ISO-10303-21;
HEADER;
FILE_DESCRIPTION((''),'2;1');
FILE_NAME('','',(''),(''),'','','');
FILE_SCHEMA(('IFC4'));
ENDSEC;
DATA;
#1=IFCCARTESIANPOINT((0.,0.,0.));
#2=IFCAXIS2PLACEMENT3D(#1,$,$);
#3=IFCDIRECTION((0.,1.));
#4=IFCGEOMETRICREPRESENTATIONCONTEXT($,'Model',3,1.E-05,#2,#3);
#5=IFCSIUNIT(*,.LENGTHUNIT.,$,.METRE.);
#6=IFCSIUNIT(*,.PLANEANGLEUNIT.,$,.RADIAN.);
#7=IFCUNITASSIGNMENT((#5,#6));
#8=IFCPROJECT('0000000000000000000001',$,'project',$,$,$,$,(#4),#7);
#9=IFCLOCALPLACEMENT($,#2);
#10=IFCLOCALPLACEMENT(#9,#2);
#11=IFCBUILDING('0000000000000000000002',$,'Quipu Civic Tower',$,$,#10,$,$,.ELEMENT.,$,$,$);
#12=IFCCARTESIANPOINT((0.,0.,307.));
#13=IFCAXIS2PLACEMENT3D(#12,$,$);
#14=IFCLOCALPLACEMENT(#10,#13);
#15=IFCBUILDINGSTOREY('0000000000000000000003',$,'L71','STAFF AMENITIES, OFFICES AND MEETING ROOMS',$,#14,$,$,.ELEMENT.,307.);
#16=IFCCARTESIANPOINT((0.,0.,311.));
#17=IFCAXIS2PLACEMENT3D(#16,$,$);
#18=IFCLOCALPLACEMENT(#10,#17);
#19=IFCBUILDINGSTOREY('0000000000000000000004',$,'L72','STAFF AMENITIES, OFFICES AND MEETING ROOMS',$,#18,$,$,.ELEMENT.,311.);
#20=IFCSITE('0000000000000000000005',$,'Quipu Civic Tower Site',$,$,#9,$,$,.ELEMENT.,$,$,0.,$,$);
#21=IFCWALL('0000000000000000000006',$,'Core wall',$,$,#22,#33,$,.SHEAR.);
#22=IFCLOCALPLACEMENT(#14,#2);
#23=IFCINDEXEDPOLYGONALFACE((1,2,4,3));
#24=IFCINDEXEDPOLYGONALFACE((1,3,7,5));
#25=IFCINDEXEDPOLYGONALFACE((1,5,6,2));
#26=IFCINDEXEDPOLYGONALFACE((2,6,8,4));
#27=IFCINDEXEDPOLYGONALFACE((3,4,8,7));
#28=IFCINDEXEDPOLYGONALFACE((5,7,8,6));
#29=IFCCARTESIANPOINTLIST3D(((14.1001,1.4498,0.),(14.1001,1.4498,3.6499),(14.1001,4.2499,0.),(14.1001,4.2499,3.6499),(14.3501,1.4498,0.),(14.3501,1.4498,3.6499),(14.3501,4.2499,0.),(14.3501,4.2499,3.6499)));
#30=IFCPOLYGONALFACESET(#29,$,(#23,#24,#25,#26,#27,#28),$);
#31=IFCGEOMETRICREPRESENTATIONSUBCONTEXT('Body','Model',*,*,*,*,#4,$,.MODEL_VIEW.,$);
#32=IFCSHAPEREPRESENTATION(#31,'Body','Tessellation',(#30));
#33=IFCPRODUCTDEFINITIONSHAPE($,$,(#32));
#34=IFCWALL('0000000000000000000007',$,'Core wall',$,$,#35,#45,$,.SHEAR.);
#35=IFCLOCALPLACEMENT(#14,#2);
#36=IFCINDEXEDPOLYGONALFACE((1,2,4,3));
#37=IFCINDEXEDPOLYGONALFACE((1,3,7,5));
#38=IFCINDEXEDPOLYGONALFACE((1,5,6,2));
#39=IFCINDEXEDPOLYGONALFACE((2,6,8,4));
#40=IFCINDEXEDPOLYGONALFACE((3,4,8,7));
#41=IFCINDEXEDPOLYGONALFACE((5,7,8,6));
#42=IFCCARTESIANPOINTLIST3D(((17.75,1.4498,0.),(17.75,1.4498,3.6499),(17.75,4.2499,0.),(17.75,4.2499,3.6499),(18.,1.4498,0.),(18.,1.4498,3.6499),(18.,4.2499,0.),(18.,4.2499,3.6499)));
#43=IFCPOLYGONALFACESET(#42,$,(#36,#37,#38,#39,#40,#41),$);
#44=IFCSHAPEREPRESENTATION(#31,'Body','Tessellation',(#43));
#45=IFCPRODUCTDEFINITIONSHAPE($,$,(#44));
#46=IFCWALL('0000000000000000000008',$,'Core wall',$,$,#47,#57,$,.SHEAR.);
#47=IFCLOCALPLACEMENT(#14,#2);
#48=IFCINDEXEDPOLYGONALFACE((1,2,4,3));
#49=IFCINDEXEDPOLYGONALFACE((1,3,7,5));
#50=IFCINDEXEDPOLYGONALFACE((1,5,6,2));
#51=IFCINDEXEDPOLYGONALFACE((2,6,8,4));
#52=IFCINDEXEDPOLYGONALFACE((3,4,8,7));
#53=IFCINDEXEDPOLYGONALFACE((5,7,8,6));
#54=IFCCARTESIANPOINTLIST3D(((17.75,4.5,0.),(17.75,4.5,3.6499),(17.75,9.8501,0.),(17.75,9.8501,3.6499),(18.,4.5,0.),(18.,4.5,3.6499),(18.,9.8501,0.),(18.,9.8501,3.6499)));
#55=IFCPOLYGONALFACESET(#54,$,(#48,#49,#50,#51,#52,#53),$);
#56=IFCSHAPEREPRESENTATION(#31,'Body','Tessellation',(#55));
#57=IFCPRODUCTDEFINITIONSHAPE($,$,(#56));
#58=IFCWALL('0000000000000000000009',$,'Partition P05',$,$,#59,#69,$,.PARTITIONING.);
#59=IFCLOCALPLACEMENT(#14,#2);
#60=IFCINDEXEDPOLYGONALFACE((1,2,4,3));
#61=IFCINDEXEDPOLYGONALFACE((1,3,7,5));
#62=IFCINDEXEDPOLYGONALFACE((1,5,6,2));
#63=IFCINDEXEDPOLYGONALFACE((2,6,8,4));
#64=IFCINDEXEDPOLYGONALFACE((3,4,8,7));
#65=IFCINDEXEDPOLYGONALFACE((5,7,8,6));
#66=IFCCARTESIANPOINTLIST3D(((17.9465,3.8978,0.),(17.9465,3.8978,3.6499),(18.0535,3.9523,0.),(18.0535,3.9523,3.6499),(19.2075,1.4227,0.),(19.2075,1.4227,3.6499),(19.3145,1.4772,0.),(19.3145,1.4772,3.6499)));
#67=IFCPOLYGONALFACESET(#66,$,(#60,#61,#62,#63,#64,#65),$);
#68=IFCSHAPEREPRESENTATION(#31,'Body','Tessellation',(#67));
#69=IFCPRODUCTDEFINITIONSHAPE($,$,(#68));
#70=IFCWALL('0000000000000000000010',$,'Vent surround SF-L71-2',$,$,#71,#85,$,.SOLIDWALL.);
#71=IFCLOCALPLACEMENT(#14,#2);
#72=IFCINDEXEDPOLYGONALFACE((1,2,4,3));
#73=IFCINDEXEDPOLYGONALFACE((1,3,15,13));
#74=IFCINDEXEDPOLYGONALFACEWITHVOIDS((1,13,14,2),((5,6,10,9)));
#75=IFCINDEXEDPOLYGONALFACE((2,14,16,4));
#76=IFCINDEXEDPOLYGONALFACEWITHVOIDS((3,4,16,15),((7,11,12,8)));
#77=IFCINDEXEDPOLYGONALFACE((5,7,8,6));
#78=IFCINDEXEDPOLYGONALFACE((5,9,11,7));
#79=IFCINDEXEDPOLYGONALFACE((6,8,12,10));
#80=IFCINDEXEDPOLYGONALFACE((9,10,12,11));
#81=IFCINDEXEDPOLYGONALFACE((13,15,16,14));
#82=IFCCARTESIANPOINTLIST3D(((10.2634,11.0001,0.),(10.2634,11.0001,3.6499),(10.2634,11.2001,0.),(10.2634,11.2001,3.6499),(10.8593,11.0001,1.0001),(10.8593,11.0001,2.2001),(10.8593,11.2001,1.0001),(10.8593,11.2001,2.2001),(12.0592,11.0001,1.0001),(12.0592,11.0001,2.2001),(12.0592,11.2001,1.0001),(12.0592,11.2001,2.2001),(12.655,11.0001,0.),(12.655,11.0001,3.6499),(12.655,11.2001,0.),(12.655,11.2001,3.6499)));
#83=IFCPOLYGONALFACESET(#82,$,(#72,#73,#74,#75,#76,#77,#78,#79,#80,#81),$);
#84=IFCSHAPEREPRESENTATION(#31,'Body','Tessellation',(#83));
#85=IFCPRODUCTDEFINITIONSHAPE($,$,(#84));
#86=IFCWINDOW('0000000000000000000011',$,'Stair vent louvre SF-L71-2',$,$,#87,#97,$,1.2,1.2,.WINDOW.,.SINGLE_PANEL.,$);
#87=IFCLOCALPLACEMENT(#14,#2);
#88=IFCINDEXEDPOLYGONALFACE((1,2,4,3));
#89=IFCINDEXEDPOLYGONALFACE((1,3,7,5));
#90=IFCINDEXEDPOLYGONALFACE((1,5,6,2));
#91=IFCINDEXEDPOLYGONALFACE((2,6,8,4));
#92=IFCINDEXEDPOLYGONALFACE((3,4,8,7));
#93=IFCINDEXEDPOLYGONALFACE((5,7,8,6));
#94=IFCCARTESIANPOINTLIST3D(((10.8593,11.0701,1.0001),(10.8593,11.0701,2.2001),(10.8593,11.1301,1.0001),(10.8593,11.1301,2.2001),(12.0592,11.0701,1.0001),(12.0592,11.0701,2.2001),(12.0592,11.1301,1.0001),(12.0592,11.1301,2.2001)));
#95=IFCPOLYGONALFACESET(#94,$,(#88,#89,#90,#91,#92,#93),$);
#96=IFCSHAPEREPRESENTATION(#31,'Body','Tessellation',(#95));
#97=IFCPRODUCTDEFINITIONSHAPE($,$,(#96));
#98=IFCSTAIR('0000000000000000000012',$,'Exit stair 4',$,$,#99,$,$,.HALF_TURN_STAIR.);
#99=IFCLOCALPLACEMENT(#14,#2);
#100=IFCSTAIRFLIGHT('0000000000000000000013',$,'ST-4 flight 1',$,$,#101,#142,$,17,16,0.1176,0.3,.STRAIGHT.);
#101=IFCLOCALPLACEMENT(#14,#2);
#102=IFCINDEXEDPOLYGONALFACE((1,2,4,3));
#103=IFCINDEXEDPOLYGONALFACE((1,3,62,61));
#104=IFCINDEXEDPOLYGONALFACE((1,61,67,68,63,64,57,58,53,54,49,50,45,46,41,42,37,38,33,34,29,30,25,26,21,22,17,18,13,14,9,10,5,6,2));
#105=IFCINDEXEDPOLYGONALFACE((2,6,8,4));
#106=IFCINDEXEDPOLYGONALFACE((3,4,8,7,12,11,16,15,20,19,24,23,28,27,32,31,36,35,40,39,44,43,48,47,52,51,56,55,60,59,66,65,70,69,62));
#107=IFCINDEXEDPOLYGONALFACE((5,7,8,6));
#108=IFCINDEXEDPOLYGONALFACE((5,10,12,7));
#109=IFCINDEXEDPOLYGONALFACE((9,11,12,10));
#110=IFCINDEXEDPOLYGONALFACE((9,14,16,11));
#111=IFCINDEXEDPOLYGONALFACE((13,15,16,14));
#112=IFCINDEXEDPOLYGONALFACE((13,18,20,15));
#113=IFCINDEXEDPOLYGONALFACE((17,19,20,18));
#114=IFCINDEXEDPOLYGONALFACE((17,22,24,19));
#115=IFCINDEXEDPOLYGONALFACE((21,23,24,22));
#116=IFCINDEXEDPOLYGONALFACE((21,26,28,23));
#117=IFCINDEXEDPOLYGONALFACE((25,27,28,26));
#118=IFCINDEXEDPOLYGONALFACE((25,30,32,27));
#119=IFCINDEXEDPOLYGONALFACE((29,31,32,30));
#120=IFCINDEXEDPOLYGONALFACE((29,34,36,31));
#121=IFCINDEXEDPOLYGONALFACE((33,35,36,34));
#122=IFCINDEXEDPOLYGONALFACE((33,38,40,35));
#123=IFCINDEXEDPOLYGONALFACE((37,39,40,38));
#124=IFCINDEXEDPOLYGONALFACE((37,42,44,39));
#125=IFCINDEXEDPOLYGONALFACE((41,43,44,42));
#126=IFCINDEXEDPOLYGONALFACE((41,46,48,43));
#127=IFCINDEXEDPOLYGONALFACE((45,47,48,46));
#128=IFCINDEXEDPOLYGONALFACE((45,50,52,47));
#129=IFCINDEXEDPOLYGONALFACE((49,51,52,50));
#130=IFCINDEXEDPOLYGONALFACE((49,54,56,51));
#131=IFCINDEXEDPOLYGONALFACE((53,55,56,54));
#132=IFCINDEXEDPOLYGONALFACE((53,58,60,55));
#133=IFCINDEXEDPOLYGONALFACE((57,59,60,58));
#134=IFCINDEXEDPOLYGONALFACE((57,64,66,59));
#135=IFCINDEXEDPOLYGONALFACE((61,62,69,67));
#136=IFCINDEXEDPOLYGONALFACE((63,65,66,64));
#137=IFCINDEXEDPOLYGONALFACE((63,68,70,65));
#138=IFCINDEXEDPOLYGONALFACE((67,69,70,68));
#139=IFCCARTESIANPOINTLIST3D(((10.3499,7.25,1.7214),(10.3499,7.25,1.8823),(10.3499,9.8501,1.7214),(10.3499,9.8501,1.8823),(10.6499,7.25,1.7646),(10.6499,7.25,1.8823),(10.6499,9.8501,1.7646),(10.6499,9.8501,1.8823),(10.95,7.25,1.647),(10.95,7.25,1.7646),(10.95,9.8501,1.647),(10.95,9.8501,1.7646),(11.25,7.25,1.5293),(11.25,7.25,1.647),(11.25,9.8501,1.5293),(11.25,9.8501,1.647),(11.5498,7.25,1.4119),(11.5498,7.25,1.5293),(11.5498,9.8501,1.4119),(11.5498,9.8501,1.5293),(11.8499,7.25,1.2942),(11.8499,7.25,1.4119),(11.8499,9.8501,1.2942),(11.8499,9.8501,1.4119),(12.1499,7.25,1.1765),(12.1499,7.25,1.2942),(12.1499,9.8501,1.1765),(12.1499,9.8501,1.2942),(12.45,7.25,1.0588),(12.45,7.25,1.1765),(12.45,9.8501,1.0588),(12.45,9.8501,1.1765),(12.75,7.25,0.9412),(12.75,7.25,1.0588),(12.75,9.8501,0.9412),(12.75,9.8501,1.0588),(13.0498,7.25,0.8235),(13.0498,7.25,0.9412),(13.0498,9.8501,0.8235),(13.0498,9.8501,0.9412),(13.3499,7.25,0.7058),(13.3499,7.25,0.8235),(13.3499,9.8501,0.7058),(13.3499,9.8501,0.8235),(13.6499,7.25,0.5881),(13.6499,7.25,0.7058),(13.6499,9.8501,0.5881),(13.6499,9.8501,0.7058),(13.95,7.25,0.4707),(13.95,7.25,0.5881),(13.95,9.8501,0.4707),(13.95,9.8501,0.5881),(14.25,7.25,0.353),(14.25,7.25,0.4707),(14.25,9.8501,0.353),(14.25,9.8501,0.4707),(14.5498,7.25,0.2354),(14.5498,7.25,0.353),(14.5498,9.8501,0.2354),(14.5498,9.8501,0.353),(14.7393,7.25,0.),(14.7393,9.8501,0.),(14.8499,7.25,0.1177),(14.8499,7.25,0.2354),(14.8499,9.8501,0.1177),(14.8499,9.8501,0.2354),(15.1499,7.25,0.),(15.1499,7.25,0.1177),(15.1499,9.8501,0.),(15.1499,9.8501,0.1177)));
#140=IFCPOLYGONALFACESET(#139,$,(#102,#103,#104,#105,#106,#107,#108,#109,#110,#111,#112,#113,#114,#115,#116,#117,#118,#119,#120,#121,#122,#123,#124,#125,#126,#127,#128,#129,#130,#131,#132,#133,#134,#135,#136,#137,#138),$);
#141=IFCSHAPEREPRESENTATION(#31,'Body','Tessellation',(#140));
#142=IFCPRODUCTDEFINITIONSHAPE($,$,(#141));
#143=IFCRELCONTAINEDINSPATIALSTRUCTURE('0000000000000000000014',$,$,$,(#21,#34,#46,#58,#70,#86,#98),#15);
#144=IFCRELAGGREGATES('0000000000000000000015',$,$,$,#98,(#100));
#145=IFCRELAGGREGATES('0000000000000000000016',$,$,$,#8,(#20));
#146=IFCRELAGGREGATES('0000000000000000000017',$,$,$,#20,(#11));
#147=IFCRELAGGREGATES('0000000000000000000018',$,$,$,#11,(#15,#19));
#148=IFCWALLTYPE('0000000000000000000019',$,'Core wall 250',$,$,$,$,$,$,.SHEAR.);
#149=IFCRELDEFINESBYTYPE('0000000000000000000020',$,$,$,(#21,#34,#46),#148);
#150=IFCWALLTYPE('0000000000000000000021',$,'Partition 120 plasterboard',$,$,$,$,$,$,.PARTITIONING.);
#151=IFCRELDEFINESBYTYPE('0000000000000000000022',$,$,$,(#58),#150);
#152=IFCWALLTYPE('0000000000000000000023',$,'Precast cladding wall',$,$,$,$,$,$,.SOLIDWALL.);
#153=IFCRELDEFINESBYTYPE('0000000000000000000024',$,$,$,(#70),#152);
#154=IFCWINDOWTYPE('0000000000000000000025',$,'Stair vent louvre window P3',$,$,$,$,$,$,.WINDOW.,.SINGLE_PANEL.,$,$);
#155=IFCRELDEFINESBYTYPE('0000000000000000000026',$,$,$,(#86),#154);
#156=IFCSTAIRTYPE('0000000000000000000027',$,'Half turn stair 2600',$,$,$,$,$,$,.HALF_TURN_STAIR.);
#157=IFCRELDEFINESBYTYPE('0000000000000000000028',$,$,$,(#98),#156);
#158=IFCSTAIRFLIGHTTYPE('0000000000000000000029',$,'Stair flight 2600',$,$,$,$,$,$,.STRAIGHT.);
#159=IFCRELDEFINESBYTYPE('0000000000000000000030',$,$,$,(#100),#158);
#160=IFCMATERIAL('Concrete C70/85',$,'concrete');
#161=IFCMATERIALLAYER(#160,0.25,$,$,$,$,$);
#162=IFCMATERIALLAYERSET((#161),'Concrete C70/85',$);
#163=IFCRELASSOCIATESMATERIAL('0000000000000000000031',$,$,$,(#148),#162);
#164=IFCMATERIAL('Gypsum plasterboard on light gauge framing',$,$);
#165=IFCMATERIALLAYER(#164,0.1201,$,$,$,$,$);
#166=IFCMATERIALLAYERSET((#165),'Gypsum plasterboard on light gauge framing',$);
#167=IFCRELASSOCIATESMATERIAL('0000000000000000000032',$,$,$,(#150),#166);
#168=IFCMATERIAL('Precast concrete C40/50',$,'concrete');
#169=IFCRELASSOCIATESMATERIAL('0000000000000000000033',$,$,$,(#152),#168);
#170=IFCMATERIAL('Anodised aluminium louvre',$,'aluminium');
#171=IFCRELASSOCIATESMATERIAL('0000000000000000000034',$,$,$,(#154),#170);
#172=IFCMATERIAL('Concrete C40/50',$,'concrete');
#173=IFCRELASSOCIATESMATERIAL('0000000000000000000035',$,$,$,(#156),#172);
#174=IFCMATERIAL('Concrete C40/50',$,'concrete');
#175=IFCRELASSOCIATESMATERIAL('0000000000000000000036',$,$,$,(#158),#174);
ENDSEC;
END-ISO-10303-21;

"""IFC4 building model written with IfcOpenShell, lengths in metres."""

from ifc_helpers import new_model, si_unit, direction, frame, frame_2d, origin, place, context, subcontext, project, spatial, polyline, rectangle, outline, extrude, material, layer, layer_set, type_object, element, fill, aggregate, save


model = new_model("IFC4")

# Units and contexts
model_context = context("Model", 3, precision=1e-05, world=origin(), true_north=direction((0.0, 1.0)))
body_context = subcontext(model_context, "Body", "Model", "MODEL_VIEW")
ifc_project = project(units=[si_unit("LENGTHUNIT", "METRE"), si_unit("PLANEANGLEUNIT", "RADIAN")], contexts=[model_context])

# Site, building, storey
site_placement = place(None, origin())
site = spatial("IfcSite", under=ifc_project, at=site_placement, Name="Quipu Civic Tower Site", CompositionType="ELEMENT", RefElevation=0.0)
building_placement = place(site_placement, origin())
building = spatial("IfcBuilding", under=site, at=building_placement, Name="Quipu Civic Tower", CompositionType="ELEMENT")
storey_1_placement = place(building_placement, frame((0.0, 0.0, 307.0)))
storey_1 = spatial("IfcBuildingStorey", under=building, at=storey_1_placement, Name="L71", Description="STAFF AMENITIES, OFFICES AND MEETING ROOMS", CompositionType="ELEMENT", Elevation=307.0)

# Shared definitions
storey_2_placement = place(building_placement, frame((0.0, 0.0, 311.0)))
storey_2 = spatial("IfcBuildingStorey", under=building, at=storey_2_placement, Name="L72", Description="STAFF AMENITIES, OFFICES AND MEETING ROOMS", CompositionType="ELEMENT", Elevation=311.0)

# Shared definitions
ifc_material_1 = material(Name="Concrete C70/85", Category="concrete")
ifc_layer_1 = layer(ifc_material_1, 0.25)
ifc_layer_set_1 = layer_set([ifc_layer_1], Name="Concrete C70/85")
wall_type_1 = type_object("IfcWallType", Name="Core wall 250", PredefinedType="SHEAR", material=ifc_layer_set_1)

# Walls
for number, where, z_axis, x_axis, name in (
    (1, (14.2251, 1.45, 0.0), (0.0, 0.0, 1.0), (0.0, 1.0, 0.0), "Core wall"),
    (2, (17.875, 1.45, 0.0), (0.0, 0.0, 1.0), (0.0, 1.0, 0.0), "Core wall"),
):
    element("IfcWall", number, at=place(storey_1_placement, frame(where, z_axis=z_axis, x_axis=x_axis)), inside=storey_1, type_object=wall_type_1, Name=name, PredefinedType="SHEAR", context=body_context, shape_type="SweptSolid", body=[
        extrude(rectangle(XDim=2.8, YDim=0.25, at=frame_2d((1.3999, 0.0))), origin(), (0.0, 0.0, 1.0), 3.6499),
    ])
wall_1_placement = place(storey_1_placement, frame((17.875, 4.5, 0.0), z_axis=(0.0, 0.0, 1.0), x_axis=(0.0, 1.0, 0.0)))
element("IfcWall", 3, at=wall_1_placement, inside=storey_1, type_object=wall_type_1, Name="Core wall", PredefinedType="SHEAR", context=body_context, shape_type="SweptSolid", body=[
    extrude(rectangle(XDim=5.3501, YDim=0.25, at=frame_2d((2.675, 0.0))), origin(), (0.0, 0.0, 1.0), 3.6499),
])
ifc_material_2 = material(Name="Gypsum plasterboard on light gauge framing")
ifc_layer_2 = layer(ifc_material_2, 0.1201)
ifc_layer_set_2 = layer_set([ifc_layer_2], Name="Gypsum plasterboard on light gauge framing")
wall_type_2 = type_object("IfcWallType", Name="Partition 120 plasterboard", PredefinedType="PARTITIONING", material=ifc_layer_set_2)
wall_2_placement = place(storey_1_placement, frame((18.0, 3.925, 0.0), z_axis=(0.0, 0.0, 1.0), x_axis=(0.453951, -0.891027, 0.0)))
element("IfcWall", 4, at=wall_2_placement, inside=storey_1, type_object=wall_type_2, Name="Partition P05", PredefinedType="PARTITIONING", context=body_context, shape_type="SweptSolid", body=[
    extrude(rectangle(XDim=2.7778, YDim=0.1201, at=frame_2d((1.3889, 0.0))), origin(), (0.0, 0.0, 1.0), 3.6499),
])

# Wall, opening, window
ifc_material_3 = material(Name="Precast concrete C40/50", Category="concrete")
wall_type_3 = type_object("IfcWallType", Name="Precast cladding wall", PredefinedType="SOLIDWALL", material=ifc_material_3)
wall_3_placement = place(storey_1_placement, frame((12.655, 11.1001, 0.0), z_axis=(0.0, 0.0, 1.0), x_axis=(-1.0, 0.0, 0.0)))
wall_3 = element("IfcWall", 5, at=wall_3_placement, inside=storey_1, type_object=wall_type_3, Name="Vent surround SF-L71-2", PredefinedType="SOLIDWALL", context=body_context, shape_type="SweptSolid", body=[
    extrude(rectangle(XDim=2.3916, YDim=0.2, at=frame_2d((1.1958, 0.0))), origin(), (0.0, 0.0, 1.0), 3.6499),
])
opening_1_placement = place(wall_3_placement, frame((0.5957, 0.0, 1.0)))
opening_1 = element("IfcOpeningElement", 6, at=opening_1_placement, cuts=wall_3, PredefinedType="OPENING", context=body_context, shape_type="SweptSolid", body=[
    extrude(rectangle(XDim=1.2, YDim=1.2, at=frame_2d((0.6001, 0.6001))), frame((0.0, 0.1099, 0.0), z_axis=(0.0, -1.0, 0.0), x_axis=(1.0, 0.0, 0.0)), (0.0, 0.0, 1.0), 0.22),
])
ifc_material_4 = material(Name="Anodised aluminium louvre", Category="aluminium")
window_type = type_object("IfcWindowType", Name="Stair vent louvre window P3", PartitioningType="SINGLE_PANEL", PredefinedType="WINDOW", material=ifc_material_4)
window_placement = place(opening_1_placement, origin())
window = element("IfcWindow", 7, at=window_placement, inside=storey_1, type_object=window_type, Name="Stair vent louvre SF-L71-2", OverallHeight=1.2, OverallWidth=1.2, PartitioningType="SINGLE_PANEL", PredefinedType="WINDOW", context=body_context, shape_type="SweptSolid", body=[
    extrude(rectangle(XDim=1.2, YDim=1.2, at=frame_2d((0.6001, 0.6001))), frame((0.0, 0.03, 0.0), z_axis=(0.0, -1.0, 0.0), x_axis=(1.0, 0.0, 0.0)), (0.0, 0.0, 1.0), 0.0601),
])
fill(opening_1, window)

# Stair, stair flight
ifc_material_5 = material(Name="Concrete C40/50", Category="concrete")
stair_type = type_object("IfcStairType", Name="Half turn stair 2600", PredefinedType="HALF_TURN_STAIR", material=ifc_material_5)
stair_placement = place(storey_1_placement, origin())
stair = element("IfcStair", 8, at=stair_placement, inside=storey_1, type_object=stair_type, Name="Exit stair 4", PredefinedType="HALF_TURN_STAIR")
ifc_material_6 = material(Name="Concrete C40/50", Category="concrete")
stair_flight_type = type_object("IfcStairFlightType", Name="Stair flight 2600", PredefinedType="STRAIGHT", material=ifc_material_6)
stair_flight_placement = place(storey_1_placement, frame((15.1499, 8.55, 0.0), z_axis=(0.0, 0.0, 1.0), x_axis=(-1.0, 0.0, 0.0)))
stair_flight = element("IfcStairFlight", 9, at=stair_flight_placement, type_object=stair_flight_type, Name="ST-4 flight 1", NumberOfRisers=17, NumberOfTreads=16, PredefinedType="STRAIGHT", RiserHeight=0.1176, TreadLength=0.3, context=body_context, shape_type="SweptSolid", body=[
    extrude(outline(polyline([(0.0, 0.0), (0.0, 0.1177), (0.3, 0.1177), (0.3, 0.2354), (0.6001, 0.2354), (0.6001, 0.353), (0.8999, 0.353), (0.8999, 0.4707), (1.2, 0.4707), (1.2, 0.5881), (1.5, 0.5881), (1.5, 0.7058), (1.8, 0.7058), (1.8, 0.8235), (2.1001, 0.8235), (2.1001, 0.9412), (2.3999, 0.9412), (2.3999, 1.0588), (2.7, 1.0588), (2.7, 1.1765), (3.0, 1.1765), (3.0, 1.2942), (3.3, 1.2942), (3.3, 1.4119), (3.6001, 1.4119), (3.6001, 1.5293), (3.8999, 1.5293), (3.8999, 1.647), (4.2, 1.647), (4.2, 1.7646), (4.5, 1.7646), (4.5, 1.8823), (4.8, 1.8823), (4.8, 2.0), (4.8, 1.7214), (0.4106, 0.0), (0.0, 0.0)])), frame((0.0, 1.3, 0.0), z_axis=(0.0, -1.0, 0.0), x_axis=(1.0, 0.0, 0.0)), (0.0, 0.0, 1.0), 2.6001),
])
aggregate(stair, [stair_flight])

save(model, "model.ifc")
